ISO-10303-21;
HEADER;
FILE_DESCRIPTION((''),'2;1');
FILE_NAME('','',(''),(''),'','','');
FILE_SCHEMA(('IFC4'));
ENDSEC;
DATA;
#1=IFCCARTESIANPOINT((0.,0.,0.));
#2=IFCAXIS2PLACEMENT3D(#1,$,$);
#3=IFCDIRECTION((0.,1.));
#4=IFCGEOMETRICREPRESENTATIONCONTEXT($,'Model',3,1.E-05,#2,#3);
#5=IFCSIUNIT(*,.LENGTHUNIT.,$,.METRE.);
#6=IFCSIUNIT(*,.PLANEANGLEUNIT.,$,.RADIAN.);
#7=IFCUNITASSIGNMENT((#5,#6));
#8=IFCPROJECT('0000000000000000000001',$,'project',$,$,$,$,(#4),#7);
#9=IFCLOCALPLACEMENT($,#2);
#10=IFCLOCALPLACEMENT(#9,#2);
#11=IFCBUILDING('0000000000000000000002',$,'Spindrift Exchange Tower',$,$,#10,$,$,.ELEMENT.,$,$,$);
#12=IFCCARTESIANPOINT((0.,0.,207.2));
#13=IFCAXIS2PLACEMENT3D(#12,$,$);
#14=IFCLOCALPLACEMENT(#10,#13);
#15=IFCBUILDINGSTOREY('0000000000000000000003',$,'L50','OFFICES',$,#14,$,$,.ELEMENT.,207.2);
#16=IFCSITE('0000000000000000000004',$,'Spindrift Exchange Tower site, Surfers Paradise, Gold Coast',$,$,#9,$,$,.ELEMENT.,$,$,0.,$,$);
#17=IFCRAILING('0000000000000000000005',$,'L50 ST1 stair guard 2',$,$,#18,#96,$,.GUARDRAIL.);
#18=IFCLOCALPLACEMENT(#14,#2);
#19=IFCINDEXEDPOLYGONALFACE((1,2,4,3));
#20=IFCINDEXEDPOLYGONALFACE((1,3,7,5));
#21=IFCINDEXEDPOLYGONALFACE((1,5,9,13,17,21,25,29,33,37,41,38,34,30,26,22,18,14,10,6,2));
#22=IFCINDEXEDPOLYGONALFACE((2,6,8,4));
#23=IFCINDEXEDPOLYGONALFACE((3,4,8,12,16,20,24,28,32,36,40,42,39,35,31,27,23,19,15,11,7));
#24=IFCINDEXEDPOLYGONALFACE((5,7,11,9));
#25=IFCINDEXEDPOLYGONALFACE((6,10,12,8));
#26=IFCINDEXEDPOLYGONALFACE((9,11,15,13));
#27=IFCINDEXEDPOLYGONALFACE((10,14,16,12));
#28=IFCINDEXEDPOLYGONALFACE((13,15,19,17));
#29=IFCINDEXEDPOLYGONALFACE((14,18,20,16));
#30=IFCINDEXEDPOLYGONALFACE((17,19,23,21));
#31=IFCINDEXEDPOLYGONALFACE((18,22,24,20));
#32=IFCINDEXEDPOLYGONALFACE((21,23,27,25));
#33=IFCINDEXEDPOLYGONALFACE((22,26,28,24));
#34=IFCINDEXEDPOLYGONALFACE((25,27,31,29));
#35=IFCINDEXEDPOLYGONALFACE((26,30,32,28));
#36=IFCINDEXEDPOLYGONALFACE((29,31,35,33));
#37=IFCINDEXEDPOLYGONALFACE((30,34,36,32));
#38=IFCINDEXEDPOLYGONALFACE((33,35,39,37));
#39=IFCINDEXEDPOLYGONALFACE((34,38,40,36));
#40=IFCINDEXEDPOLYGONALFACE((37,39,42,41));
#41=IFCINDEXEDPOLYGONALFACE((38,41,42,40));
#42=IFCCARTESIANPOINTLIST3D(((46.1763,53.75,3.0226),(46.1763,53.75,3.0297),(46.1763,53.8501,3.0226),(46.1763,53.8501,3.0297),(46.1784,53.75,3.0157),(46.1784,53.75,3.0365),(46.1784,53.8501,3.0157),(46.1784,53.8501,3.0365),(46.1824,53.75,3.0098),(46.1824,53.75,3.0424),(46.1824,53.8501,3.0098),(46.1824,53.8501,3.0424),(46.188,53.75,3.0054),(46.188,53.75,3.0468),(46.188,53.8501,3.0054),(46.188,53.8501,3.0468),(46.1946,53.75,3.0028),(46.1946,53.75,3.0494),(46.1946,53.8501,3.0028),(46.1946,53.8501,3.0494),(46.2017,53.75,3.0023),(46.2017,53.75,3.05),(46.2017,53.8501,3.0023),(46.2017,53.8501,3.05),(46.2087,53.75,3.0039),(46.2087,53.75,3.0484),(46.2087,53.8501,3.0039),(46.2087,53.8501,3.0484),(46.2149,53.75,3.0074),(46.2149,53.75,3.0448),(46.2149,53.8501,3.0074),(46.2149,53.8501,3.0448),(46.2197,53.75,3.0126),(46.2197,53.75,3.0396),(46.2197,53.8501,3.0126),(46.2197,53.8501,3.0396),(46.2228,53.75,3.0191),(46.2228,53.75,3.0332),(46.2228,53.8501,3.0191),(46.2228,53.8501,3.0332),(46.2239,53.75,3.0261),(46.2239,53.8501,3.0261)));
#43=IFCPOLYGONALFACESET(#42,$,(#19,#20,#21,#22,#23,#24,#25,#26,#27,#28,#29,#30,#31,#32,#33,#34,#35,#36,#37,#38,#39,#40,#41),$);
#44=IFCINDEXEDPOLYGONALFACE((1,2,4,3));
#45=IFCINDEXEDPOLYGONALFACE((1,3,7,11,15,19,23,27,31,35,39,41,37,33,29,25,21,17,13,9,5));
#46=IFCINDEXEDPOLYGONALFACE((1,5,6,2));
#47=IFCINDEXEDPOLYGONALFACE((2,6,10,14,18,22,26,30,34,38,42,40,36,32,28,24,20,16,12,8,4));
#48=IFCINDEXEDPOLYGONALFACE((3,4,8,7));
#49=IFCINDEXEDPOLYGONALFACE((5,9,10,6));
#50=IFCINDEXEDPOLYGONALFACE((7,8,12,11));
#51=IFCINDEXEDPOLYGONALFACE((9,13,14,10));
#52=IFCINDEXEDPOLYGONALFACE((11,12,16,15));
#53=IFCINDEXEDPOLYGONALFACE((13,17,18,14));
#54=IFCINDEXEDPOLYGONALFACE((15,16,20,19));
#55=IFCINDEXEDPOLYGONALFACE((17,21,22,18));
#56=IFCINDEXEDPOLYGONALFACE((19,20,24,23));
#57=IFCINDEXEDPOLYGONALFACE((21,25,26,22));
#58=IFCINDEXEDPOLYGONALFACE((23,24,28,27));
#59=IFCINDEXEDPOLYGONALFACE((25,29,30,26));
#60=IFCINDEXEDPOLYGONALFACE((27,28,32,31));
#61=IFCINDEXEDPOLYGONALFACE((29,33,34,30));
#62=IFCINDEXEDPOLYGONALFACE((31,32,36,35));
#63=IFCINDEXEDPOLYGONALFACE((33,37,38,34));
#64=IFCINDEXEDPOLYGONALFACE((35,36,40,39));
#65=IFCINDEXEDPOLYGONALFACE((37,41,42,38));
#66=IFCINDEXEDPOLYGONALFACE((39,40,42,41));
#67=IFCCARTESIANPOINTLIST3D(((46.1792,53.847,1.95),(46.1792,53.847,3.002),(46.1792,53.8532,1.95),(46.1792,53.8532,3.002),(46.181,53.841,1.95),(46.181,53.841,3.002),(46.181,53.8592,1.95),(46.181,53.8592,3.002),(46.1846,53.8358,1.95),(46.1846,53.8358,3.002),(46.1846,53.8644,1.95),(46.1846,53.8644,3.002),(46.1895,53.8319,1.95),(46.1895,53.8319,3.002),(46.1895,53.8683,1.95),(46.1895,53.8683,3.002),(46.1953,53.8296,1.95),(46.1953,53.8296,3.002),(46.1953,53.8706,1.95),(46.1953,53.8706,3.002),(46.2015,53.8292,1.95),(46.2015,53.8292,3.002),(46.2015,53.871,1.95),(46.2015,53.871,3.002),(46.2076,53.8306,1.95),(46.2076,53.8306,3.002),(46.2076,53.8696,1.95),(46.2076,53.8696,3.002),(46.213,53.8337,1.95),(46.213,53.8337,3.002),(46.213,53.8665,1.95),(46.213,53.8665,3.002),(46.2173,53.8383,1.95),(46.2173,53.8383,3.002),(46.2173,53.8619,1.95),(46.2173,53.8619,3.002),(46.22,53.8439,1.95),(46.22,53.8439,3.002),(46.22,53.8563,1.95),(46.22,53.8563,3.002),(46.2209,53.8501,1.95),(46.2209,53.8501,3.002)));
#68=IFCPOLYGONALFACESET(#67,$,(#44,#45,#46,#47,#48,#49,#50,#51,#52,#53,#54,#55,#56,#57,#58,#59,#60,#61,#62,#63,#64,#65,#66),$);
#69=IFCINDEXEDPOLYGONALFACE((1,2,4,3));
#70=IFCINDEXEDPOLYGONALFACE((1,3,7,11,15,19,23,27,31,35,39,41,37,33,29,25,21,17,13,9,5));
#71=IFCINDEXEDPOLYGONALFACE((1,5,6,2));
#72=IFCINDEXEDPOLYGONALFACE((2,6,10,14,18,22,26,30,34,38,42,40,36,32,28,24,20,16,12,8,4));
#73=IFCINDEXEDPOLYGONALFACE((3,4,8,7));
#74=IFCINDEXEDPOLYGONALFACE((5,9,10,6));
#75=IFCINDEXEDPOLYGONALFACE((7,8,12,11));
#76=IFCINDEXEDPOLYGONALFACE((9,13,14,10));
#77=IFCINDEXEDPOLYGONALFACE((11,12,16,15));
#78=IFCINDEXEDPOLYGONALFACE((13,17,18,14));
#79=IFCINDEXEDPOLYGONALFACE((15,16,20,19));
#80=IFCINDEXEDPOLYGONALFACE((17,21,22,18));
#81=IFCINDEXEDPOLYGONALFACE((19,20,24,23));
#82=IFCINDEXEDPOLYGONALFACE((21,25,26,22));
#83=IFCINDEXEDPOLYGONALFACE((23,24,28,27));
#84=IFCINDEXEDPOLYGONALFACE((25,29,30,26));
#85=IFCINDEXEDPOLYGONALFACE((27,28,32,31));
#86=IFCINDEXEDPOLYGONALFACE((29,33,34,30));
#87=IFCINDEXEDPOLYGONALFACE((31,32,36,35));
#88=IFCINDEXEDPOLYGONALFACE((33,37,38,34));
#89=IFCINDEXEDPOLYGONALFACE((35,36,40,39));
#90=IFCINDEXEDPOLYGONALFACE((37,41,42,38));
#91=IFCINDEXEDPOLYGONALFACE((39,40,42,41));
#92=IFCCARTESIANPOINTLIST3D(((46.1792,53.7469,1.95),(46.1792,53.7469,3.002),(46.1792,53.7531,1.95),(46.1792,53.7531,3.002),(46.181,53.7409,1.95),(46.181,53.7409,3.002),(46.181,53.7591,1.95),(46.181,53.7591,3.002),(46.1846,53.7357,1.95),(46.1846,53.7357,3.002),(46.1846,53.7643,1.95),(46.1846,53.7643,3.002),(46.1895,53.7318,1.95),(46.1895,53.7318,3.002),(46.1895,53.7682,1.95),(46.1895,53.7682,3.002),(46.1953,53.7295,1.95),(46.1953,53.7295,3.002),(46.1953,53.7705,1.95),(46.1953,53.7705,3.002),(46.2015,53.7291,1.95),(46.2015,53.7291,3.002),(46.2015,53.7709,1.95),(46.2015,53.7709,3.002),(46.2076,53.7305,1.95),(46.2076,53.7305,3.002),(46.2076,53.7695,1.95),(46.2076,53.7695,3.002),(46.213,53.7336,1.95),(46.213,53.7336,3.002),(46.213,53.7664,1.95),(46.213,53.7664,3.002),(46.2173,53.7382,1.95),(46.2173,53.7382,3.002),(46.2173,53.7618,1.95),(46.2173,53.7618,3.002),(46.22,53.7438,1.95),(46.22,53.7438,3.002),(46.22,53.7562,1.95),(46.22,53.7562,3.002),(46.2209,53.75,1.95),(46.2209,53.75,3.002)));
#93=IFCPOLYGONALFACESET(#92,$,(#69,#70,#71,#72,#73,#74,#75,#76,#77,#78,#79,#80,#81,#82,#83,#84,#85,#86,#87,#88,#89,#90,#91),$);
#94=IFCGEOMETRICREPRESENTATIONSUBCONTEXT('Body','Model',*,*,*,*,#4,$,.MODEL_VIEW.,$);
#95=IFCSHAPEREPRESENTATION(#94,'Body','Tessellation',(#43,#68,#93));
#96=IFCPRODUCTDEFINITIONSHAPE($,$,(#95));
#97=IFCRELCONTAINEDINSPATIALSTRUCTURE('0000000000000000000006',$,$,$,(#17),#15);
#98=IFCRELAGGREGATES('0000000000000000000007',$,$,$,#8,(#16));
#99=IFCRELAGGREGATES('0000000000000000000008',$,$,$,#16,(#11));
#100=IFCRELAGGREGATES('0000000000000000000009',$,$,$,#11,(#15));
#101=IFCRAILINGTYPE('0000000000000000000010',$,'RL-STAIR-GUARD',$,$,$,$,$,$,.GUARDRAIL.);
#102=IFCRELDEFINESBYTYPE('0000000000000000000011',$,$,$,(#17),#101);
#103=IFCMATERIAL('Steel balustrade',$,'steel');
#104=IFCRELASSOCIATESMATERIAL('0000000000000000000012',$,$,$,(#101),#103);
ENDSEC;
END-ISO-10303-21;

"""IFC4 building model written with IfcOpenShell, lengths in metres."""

from ifc_helpers import new_model, si_unit, direction, frame, origin, origin_2d, place, context, subcontext, project, spatial, circle, extrude, material, type_object, element, save


model = new_model("IFC4")

# Units and contexts
model_context = context("Model", 3, precision=1e-05, world=origin(), true_north=direction((0.0, 1.0)))
body_context = subcontext(model_context, "Body", "Model", "MODEL_VIEW")
ifc_project = project(units=[si_unit("LENGTHUNIT", "METRE"), si_unit("PLANEANGLEUNIT", "RADIAN")], contexts=[model_context])

# Site, building, storey
site_placement = place(None, origin())
site = spatial("IfcSite", under=ifc_project, at=site_placement, Name="Spindrift Exchange Tower site, Surfers Paradise, Gold Coast", CompositionType="ELEMENT", RefElevation=0.0)
building_placement = place(site_placement, origin())
building = spatial("IfcBuilding", under=site, at=building_placement, Name="Spindrift Exchange Tower", CompositionType="ELEMENT")
storey_placement = place(building_placement, frame((0.0, 0.0, 207.2)))
storey = spatial("IfcBuildingStorey", under=building, at=storey_placement, Name="L50", Description="OFFICES", CompositionType="ELEMENT", Elevation=207.2)

# Railing
ifc_material_1 = material(Name="Steel balustrade", Category="steel")
railing_type_1 = type_object("IfcRailingType", Name="RL-STAIR-GUARD", PredefinedType="GUARDRAIL", material=ifc_material_1)
railing_1_placement = place(storey_placement, frame((46.2, 53.8501, 1.95)))
element("IfcRailing", 1, at=railing_1_placement, inside=storey, type_object=railing_type_1, Name="L50 ST1 stair guard 2", PredefinedType="GUARDRAIL", context=body_context, shape_type="SweptSolid", body=[
    extrude(circle(Radius=0.0239, at=origin_2d()), frame((0.0, 0.0, 1.0762), z_axis=(0.0, -1.0, 0.0), x_axis=(1.0, 0.0, 0.0)), (0.0, 0.0, 1.0), 0.1001),
    extrude(circle(Radius=0.021, at=origin_2d()), origin(), (0.0, 0.0, 1.0), 1.052),
    extrude(circle(Radius=0.021, at=origin_2d()), frame((0.0, -0.1001, 0.0)), (0.0, 0.0, 1.0), 1.052),
])

save(model, "model.ifc")
